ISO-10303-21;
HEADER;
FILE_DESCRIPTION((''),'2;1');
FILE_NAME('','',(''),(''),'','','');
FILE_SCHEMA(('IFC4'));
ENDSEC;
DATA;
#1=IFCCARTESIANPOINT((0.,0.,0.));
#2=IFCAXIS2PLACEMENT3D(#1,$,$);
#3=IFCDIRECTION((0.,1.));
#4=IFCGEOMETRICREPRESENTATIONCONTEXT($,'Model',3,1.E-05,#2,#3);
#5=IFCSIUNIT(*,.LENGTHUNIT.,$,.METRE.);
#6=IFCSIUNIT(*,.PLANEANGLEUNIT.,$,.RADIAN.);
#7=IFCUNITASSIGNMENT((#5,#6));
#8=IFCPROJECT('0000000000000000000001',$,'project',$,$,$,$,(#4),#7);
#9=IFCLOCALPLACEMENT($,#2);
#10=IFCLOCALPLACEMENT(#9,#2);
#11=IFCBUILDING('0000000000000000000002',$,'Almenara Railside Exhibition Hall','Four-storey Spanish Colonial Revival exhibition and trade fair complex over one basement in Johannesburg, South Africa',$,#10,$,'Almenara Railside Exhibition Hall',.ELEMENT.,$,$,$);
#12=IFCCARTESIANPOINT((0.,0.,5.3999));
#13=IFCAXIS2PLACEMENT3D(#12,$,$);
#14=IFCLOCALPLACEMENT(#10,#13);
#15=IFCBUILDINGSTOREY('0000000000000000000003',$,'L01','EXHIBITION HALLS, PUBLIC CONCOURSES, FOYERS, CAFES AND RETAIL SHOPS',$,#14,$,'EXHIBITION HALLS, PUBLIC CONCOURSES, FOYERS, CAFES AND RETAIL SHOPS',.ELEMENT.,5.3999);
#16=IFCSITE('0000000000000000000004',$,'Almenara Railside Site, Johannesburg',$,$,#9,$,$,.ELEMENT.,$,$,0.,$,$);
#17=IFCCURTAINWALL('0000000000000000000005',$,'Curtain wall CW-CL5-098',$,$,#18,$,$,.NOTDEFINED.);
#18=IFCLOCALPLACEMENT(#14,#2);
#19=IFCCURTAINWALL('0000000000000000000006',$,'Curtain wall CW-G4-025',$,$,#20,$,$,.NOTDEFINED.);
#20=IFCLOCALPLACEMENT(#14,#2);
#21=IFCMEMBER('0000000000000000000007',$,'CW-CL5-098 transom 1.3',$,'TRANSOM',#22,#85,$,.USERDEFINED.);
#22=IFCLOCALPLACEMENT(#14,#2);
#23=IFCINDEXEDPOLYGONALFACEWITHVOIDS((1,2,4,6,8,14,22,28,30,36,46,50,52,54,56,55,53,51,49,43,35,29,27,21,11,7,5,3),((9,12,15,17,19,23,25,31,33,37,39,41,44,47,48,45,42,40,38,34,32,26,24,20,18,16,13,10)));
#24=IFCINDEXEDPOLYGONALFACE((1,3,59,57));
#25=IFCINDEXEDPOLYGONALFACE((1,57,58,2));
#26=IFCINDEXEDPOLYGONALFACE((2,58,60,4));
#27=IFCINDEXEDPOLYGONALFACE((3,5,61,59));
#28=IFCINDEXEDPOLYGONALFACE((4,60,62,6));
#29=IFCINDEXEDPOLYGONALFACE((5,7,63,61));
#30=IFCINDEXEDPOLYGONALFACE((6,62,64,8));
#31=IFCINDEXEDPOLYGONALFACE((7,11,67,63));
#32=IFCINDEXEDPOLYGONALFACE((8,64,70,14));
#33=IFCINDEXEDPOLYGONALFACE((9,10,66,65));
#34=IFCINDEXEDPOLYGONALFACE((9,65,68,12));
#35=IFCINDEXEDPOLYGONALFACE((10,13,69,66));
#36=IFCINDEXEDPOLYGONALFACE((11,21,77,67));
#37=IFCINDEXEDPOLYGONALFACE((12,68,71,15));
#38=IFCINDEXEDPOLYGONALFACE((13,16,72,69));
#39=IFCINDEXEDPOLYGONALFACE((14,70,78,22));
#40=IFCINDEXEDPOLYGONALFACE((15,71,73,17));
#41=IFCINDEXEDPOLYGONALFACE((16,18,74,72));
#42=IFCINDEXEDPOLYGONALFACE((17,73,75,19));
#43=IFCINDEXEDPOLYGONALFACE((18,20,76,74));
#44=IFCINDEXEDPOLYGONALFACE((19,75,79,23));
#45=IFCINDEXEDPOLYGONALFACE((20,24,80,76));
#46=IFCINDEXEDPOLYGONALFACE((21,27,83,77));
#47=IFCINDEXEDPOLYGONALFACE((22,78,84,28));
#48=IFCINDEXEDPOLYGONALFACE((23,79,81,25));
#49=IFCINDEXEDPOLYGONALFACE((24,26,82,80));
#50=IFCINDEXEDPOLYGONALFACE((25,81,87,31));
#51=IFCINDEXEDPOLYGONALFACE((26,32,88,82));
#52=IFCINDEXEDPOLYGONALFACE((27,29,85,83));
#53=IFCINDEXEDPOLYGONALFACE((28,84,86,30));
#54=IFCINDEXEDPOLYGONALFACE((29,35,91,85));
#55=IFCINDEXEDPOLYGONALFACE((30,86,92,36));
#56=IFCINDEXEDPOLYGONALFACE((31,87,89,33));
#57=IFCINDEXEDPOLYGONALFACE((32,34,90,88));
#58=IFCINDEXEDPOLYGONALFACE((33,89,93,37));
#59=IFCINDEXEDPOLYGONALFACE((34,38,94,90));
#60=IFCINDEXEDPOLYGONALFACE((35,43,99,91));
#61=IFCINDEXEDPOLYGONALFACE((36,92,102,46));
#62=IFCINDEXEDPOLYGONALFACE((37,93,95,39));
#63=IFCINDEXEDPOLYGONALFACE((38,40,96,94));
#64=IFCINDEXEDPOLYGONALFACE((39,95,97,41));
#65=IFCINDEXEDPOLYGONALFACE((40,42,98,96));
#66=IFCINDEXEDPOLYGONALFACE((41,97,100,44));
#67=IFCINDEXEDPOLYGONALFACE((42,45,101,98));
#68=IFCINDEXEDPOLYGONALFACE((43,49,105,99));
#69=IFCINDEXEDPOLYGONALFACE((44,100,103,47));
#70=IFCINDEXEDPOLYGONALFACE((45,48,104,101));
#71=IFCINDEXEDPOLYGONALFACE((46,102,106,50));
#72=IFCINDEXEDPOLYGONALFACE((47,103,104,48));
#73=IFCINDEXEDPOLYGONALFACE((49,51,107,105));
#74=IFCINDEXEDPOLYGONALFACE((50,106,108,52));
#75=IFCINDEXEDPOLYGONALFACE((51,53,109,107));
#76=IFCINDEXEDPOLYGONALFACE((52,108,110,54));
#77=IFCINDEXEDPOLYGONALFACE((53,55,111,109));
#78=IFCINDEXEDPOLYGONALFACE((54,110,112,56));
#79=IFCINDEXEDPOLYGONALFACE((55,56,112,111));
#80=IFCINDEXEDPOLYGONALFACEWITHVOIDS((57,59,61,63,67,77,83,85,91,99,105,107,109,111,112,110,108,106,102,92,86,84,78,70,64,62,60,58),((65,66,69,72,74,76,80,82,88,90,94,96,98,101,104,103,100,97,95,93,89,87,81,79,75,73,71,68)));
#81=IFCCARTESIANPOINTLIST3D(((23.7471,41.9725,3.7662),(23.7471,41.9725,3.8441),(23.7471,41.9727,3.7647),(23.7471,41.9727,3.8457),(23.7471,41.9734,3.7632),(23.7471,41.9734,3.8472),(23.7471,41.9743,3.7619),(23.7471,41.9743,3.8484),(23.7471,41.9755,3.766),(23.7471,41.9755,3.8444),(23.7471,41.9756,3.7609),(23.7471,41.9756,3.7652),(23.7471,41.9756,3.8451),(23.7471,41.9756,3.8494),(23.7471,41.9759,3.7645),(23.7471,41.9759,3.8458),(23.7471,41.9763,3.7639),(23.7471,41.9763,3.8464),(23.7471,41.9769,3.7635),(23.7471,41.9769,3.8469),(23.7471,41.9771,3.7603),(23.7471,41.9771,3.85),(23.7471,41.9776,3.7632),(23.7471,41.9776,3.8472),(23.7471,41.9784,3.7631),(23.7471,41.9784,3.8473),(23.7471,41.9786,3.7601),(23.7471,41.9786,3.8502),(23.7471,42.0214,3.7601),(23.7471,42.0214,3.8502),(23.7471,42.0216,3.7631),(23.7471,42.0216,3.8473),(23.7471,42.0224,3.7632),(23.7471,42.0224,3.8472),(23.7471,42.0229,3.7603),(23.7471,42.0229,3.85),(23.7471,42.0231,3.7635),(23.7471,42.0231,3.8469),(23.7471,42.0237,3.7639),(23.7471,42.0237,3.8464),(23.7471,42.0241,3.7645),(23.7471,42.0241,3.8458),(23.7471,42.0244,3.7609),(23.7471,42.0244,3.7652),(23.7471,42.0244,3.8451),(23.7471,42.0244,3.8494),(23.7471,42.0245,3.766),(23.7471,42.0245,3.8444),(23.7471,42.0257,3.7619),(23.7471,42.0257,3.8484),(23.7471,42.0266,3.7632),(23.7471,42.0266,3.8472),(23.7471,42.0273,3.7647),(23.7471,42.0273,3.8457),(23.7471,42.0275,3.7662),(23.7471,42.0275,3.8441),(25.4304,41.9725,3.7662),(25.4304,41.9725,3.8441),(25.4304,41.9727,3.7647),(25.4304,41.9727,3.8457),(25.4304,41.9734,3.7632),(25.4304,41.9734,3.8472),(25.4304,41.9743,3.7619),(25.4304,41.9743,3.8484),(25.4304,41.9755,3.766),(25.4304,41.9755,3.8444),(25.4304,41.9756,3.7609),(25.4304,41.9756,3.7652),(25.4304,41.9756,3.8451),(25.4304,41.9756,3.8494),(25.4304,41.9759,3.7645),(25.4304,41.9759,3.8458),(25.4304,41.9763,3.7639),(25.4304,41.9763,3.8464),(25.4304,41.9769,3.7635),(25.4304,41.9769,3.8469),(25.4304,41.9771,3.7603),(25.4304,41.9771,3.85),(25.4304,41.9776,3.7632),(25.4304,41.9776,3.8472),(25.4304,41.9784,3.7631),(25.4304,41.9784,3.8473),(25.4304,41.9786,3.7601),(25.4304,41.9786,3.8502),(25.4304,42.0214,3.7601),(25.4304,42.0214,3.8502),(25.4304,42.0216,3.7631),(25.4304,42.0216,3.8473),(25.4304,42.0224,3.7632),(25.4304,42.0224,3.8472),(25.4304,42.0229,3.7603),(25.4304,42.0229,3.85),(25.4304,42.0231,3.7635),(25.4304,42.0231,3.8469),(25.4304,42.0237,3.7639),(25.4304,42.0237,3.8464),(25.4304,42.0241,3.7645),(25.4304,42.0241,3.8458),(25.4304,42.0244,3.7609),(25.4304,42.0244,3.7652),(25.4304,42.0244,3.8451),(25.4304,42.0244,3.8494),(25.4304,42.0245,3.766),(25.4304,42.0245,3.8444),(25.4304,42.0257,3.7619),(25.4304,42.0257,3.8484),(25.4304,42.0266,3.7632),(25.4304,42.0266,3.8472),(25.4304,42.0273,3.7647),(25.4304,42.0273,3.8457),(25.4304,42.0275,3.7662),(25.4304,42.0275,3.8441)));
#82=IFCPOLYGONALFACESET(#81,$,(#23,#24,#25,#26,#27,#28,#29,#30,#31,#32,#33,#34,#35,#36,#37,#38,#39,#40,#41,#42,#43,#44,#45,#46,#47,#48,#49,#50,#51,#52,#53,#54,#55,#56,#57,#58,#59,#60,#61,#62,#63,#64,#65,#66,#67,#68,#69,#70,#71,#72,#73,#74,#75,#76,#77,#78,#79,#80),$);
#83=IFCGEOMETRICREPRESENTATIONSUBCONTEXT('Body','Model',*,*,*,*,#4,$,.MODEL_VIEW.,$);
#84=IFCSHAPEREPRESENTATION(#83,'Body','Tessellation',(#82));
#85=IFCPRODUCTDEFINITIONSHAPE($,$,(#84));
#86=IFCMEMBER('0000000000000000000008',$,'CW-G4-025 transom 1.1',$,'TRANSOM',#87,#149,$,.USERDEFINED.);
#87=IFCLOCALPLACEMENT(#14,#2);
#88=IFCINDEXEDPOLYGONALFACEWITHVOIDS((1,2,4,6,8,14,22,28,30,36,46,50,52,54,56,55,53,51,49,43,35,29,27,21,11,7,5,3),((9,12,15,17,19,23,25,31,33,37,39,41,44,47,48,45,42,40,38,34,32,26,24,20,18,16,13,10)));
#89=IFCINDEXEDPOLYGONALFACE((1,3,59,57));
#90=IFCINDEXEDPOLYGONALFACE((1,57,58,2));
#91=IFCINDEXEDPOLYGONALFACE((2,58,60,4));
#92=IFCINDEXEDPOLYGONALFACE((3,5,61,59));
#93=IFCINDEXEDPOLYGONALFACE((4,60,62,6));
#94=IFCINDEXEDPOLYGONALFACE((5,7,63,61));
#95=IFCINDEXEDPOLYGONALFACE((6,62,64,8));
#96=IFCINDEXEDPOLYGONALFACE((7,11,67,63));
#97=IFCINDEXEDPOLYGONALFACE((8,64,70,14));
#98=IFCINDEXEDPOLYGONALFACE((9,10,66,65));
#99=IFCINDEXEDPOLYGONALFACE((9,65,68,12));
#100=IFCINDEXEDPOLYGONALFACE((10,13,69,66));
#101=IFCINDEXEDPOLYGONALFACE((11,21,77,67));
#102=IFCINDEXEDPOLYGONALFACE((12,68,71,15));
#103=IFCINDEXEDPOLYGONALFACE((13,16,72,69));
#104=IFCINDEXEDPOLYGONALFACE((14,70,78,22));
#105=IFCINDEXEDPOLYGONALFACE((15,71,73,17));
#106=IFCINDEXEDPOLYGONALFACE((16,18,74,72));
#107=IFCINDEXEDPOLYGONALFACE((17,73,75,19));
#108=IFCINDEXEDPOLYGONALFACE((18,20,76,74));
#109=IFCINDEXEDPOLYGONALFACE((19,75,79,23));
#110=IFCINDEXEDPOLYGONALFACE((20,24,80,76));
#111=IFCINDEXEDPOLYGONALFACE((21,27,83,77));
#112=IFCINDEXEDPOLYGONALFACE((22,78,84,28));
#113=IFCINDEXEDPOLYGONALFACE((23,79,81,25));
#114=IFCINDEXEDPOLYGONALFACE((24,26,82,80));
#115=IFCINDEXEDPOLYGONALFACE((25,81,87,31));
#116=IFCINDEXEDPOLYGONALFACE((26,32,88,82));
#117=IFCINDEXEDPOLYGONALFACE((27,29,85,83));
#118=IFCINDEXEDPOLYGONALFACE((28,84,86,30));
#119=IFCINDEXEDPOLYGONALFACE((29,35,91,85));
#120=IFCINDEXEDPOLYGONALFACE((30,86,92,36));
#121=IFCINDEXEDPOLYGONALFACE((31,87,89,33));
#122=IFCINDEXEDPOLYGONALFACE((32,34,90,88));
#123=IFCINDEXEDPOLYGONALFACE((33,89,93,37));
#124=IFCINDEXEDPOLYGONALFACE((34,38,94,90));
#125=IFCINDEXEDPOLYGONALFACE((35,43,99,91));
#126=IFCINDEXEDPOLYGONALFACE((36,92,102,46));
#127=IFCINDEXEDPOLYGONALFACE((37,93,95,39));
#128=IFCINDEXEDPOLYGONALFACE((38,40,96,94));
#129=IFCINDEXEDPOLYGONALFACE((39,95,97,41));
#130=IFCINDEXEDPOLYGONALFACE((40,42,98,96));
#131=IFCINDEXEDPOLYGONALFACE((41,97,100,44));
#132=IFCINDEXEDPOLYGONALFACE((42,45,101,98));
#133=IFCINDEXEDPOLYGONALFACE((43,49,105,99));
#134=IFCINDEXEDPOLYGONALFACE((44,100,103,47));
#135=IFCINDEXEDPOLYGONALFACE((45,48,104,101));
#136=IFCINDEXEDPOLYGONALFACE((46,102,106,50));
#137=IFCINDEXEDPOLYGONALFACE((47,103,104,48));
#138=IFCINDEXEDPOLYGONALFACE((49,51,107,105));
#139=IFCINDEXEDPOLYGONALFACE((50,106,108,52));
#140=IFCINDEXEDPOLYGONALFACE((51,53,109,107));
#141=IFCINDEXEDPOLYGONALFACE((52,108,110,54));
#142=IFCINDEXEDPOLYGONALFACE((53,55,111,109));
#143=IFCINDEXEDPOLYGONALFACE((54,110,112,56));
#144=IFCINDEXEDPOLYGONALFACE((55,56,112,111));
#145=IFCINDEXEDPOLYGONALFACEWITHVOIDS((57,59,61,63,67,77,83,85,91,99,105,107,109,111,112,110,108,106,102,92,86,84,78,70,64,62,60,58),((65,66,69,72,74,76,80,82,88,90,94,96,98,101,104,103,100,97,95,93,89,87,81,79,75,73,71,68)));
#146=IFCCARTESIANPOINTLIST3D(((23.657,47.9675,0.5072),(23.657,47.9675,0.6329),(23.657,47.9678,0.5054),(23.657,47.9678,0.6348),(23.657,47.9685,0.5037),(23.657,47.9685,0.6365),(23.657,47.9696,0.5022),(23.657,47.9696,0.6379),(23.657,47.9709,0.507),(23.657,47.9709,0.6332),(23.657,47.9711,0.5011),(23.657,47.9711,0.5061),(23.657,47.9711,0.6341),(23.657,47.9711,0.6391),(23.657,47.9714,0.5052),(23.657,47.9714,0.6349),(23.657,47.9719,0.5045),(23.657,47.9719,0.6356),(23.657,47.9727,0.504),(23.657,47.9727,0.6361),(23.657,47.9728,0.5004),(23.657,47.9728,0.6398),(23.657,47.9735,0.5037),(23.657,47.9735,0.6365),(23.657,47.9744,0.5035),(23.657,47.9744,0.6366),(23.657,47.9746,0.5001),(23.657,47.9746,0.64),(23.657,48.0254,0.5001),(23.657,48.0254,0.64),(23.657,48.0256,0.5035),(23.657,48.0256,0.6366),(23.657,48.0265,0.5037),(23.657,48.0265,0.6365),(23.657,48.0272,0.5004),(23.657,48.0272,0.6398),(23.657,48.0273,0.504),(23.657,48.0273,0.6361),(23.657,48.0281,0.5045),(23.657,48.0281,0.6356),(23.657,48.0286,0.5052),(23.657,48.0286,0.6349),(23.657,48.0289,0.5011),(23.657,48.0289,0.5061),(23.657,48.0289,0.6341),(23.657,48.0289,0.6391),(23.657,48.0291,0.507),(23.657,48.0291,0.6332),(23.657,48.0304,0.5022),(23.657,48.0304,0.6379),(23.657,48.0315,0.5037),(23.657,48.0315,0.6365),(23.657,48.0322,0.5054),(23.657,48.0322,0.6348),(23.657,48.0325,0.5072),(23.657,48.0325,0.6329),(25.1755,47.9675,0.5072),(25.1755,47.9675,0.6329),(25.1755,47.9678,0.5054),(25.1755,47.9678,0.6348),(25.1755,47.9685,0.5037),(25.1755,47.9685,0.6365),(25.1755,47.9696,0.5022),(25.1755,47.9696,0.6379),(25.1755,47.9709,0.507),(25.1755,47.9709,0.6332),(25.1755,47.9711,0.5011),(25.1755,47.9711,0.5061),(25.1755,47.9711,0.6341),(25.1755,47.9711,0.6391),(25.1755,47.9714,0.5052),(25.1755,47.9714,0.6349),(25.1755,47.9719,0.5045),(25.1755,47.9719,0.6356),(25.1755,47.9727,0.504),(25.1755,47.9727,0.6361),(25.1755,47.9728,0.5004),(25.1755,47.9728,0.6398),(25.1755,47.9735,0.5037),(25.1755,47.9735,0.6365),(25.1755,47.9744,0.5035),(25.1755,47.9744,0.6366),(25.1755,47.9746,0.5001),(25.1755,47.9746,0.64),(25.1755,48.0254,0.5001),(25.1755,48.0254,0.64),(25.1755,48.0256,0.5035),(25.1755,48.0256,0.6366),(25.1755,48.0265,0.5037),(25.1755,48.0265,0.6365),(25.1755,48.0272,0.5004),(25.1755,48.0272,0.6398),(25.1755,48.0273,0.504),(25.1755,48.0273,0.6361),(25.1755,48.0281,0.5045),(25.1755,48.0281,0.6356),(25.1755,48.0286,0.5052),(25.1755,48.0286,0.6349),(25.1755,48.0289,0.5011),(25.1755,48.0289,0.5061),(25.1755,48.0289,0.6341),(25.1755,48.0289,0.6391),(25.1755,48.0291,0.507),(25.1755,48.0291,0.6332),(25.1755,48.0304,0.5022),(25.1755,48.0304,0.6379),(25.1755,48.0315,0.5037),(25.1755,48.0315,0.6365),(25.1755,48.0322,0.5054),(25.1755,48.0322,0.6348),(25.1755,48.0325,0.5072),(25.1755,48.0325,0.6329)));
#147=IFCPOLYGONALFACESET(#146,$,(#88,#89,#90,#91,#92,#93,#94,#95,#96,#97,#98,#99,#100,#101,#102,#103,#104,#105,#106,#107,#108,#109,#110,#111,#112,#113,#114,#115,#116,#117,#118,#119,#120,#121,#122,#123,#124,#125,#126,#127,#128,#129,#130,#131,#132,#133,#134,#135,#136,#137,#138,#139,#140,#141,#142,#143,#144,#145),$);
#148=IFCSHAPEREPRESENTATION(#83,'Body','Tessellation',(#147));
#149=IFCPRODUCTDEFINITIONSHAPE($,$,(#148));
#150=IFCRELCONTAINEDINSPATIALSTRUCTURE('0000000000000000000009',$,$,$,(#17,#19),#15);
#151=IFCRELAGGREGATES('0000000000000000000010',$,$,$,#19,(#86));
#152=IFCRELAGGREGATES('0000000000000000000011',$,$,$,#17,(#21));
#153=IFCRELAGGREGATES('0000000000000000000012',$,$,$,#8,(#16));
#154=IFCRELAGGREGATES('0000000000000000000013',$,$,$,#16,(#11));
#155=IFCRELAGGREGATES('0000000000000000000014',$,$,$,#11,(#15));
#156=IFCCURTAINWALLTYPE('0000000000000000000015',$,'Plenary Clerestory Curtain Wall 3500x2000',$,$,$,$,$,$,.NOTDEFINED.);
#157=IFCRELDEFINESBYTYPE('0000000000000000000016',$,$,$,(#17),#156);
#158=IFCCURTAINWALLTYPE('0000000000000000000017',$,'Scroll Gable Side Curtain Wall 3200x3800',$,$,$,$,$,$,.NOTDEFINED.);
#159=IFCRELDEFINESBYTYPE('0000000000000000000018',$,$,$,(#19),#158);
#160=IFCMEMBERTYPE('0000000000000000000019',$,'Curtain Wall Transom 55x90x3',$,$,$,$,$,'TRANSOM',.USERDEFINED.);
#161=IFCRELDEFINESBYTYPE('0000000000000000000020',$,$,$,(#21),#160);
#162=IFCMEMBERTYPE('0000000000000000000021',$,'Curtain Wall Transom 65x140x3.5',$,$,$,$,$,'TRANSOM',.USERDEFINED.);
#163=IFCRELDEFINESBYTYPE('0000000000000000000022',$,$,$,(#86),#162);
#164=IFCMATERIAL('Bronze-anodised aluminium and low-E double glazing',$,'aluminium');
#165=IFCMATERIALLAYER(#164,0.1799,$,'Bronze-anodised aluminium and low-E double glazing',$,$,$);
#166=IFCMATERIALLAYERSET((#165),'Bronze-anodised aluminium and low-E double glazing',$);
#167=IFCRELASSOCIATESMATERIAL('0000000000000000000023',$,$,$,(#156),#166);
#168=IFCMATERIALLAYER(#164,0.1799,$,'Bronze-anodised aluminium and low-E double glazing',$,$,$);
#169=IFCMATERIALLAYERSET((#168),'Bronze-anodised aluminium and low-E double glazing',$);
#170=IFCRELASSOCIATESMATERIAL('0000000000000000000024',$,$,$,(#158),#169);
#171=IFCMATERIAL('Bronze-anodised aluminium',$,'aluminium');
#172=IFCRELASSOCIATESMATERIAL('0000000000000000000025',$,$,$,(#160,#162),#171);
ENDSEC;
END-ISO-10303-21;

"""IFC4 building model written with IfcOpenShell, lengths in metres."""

from ifc_helpers import new_model, si_unit, direction, frame, origin, origin_2d, place, context, subcontext, project, spatial, hollow_rectangle, extrude, material, layer, layer_set, material_profile, profile_set, type_object, element, aggregate, save


model = new_model("IFC4")

# Units and contexts
model_context = context("Model", 3, precision=1e-05, world=origin(), true_north=direction((0.0, 1.0)))
body_context = subcontext(model_context, "Body", "Model", "MODEL_VIEW")
ifc_project = project(units=[si_unit("LENGTHUNIT", "METRE"), si_unit("PLANEANGLEUNIT", "RADIAN")], contexts=[model_context])

# Site, building, storey
site_placement = place(None, origin())
site = spatial("IfcSite", under=ifc_project, at=site_placement, Name="Almenara Railside Site, Johannesburg", CompositionType="ELEMENT", RefElevation=0.0)
building_placement = place(site_placement, origin())
building = spatial("IfcBuilding", under=site, at=building_placement, Name="Almenara Railside Exhibition Hall", Description="Four-storey Spanish Colonial Revival exhibition and trade fair complex over one basement in Johannesburg, South Africa", LongName="Almenara Railside Exhibition Hall", CompositionType="ELEMENT")
storey_placement = place(building_placement, frame((0.0, 0.0, 5.3999)))
storey = spatial("IfcBuildingStorey", under=building, at=storey_placement, Name="L01", Description="EXHIBITION HALLS, PUBLIC CONCOURSES, FOYERS, CAFES AND RETAIL SHOPS", LongName="EXHIBITION HALLS, PUBLIC CONCOURSES, FOYERS, CAFES AND RETAIL SHOPS", CompositionType="ELEMENT", Elevation=5.3999)

# Curtain wall
ifc_material_1 = material(Name="Bronze-anodised aluminium and low-E double glazing", Category="aluminium")
ifc_layer_1 = layer(ifc_material_1, 0.1799, Name="Bronze-anodised aluminium and low-E double glazing")
ifc_layer_set_1 = layer_set([ifc_layer_1], Name="Bronze-anodised aluminium and low-E double glazing")
curtain_wall_type_1 = type_object("IfcCurtainWallType", Name="Plenary Clerestory Curtain Wall 3500x2000", PredefinedType="NOTDEFINED", material=ifc_layer_set_1)
curtain_wall_1_placement = place(storey_placement, origin())
curtain_wall_1 = element("IfcCurtainWall", 1, at=curtain_wall_1_placement, inside=storey, type_object=curtain_wall_type_1, Name="Curtain wall CW-CL5-098", PredefinedType="NOTDEFINED")
ifc_material_2 = material(Name="Bronze-anodised aluminium", Category="aluminium")

# Curtain wall
ifc_layer_2 = layer(ifc_material_1, 0.1799, Name="Bronze-anodised aluminium and low-E double glazing")
ifc_layer_set_2 = layer_set([ifc_layer_2], Name="Bronze-anodised aluminium and low-E double glazing")
curtain_wall_type_2 = type_object("IfcCurtainWallType", Name="Scroll Gable Side Curtain Wall 3200x3800", PredefinedType="NOTDEFINED", material=ifc_layer_set_2)
curtain_wall_2_placement = place(storey_placement, origin())
curtain_wall_2 = element("IfcCurtainWall", 2, at=curtain_wall_2_placement, inside=storey, type_object=curtain_wall_type_2, Name="Curtain wall CW-G4-025", PredefinedType="NOTDEFINED")

# Members
ifc_material_profile_1 = material_profile(ifc_material_2, hollow_rectangle(XDim=0.0549, YDim=0.0901, WallThickness=0.0029, InnerFilletRadius=0.0029, OuterFilletRadius=0.0061, at=origin_2d()), Name="ALU-TRN 55x90x3")
ifc_profile_set_1 = profile_set([ifc_material_profile_1], Name="Bronze-anodised aluminium")
member_type_1 = type_object("IfcMemberType", Name="Curtain Wall Transom 55x90x3", ElementType="TRANSOM", PredefinedType="USERDEFINED", material=ifc_profile_set_1)
member_1_placement = place(storey_placement, frame((23.7471, 42.0, 3.8052), z_axis=(1.0, 0.0, 0.0), x_axis=(0.0, 1.0, 0.0)))
member_1 = element("IfcMember", 3, at=member_1_placement, type_object=member_type_1, Name="CW-CL5-098 transom 1.3", ObjectType="TRANSOM", PredefinedType="USERDEFINED", context=body_context, shape_type="SweptSolid", body=[
    extrude(hollow_rectangle(XDim=0.0549, YDim=0.0901, WallThickness=0.0029, InnerFilletRadius=0.0029, OuterFilletRadius=0.0061, at=origin_2d()), origin(), (0.0, 0.0, 1.0), 1.6833),
])
ifc_material_profile_2 = material_profile(ifc_material_2, hollow_rectangle(XDim=0.0649, YDim=0.1399, WallThickness=0.0034, InnerFilletRadius=0.0034, OuterFilletRadius=0.0071, at=origin_2d()), Name="ALU-TRN 65x140x3.5")
ifc_profile_set_2 = profile_set([ifc_material_profile_2], Name="Bronze-anodised aluminium")
member_type_2 = type_object("IfcMemberType", Name="Curtain Wall Transom 65x140x3.5", ElementType="TRANSOM", PredefinedType="USERDEFINED", material=ifc_profile_set_2)
member_2_placement = place(storey_placement, frame((23.657, 48.0, 0.5701), z_axis=(1.0, 0.0, 0.0), x_axis=(0.0, 1.0, 0.0)))
member_2 = element("IfcMember", 4, at=member_2_placement, type_object=member_type_2, Name="CW-G4-025 transom 1.1", ObjectType="TRANSOM", PredefinedType="USERDEFINED", context=body_context, shape_type="SweptSolid", body=[
    extrude(hollow_rectangle(XDim=0.0649, YDim=0.1399, WallThickness=0.0034, InnerFilletRadius=0.0034, OuterFilletRadius=0.0071, at=origin_2d()), origin(), (0.0, 0.0, 1.0), 1.5186),
])

aggregate(curtain_wall_2, [member_2])
aggregate(curtain_wall_1, [member_1])

save(model, "model.ifc")
